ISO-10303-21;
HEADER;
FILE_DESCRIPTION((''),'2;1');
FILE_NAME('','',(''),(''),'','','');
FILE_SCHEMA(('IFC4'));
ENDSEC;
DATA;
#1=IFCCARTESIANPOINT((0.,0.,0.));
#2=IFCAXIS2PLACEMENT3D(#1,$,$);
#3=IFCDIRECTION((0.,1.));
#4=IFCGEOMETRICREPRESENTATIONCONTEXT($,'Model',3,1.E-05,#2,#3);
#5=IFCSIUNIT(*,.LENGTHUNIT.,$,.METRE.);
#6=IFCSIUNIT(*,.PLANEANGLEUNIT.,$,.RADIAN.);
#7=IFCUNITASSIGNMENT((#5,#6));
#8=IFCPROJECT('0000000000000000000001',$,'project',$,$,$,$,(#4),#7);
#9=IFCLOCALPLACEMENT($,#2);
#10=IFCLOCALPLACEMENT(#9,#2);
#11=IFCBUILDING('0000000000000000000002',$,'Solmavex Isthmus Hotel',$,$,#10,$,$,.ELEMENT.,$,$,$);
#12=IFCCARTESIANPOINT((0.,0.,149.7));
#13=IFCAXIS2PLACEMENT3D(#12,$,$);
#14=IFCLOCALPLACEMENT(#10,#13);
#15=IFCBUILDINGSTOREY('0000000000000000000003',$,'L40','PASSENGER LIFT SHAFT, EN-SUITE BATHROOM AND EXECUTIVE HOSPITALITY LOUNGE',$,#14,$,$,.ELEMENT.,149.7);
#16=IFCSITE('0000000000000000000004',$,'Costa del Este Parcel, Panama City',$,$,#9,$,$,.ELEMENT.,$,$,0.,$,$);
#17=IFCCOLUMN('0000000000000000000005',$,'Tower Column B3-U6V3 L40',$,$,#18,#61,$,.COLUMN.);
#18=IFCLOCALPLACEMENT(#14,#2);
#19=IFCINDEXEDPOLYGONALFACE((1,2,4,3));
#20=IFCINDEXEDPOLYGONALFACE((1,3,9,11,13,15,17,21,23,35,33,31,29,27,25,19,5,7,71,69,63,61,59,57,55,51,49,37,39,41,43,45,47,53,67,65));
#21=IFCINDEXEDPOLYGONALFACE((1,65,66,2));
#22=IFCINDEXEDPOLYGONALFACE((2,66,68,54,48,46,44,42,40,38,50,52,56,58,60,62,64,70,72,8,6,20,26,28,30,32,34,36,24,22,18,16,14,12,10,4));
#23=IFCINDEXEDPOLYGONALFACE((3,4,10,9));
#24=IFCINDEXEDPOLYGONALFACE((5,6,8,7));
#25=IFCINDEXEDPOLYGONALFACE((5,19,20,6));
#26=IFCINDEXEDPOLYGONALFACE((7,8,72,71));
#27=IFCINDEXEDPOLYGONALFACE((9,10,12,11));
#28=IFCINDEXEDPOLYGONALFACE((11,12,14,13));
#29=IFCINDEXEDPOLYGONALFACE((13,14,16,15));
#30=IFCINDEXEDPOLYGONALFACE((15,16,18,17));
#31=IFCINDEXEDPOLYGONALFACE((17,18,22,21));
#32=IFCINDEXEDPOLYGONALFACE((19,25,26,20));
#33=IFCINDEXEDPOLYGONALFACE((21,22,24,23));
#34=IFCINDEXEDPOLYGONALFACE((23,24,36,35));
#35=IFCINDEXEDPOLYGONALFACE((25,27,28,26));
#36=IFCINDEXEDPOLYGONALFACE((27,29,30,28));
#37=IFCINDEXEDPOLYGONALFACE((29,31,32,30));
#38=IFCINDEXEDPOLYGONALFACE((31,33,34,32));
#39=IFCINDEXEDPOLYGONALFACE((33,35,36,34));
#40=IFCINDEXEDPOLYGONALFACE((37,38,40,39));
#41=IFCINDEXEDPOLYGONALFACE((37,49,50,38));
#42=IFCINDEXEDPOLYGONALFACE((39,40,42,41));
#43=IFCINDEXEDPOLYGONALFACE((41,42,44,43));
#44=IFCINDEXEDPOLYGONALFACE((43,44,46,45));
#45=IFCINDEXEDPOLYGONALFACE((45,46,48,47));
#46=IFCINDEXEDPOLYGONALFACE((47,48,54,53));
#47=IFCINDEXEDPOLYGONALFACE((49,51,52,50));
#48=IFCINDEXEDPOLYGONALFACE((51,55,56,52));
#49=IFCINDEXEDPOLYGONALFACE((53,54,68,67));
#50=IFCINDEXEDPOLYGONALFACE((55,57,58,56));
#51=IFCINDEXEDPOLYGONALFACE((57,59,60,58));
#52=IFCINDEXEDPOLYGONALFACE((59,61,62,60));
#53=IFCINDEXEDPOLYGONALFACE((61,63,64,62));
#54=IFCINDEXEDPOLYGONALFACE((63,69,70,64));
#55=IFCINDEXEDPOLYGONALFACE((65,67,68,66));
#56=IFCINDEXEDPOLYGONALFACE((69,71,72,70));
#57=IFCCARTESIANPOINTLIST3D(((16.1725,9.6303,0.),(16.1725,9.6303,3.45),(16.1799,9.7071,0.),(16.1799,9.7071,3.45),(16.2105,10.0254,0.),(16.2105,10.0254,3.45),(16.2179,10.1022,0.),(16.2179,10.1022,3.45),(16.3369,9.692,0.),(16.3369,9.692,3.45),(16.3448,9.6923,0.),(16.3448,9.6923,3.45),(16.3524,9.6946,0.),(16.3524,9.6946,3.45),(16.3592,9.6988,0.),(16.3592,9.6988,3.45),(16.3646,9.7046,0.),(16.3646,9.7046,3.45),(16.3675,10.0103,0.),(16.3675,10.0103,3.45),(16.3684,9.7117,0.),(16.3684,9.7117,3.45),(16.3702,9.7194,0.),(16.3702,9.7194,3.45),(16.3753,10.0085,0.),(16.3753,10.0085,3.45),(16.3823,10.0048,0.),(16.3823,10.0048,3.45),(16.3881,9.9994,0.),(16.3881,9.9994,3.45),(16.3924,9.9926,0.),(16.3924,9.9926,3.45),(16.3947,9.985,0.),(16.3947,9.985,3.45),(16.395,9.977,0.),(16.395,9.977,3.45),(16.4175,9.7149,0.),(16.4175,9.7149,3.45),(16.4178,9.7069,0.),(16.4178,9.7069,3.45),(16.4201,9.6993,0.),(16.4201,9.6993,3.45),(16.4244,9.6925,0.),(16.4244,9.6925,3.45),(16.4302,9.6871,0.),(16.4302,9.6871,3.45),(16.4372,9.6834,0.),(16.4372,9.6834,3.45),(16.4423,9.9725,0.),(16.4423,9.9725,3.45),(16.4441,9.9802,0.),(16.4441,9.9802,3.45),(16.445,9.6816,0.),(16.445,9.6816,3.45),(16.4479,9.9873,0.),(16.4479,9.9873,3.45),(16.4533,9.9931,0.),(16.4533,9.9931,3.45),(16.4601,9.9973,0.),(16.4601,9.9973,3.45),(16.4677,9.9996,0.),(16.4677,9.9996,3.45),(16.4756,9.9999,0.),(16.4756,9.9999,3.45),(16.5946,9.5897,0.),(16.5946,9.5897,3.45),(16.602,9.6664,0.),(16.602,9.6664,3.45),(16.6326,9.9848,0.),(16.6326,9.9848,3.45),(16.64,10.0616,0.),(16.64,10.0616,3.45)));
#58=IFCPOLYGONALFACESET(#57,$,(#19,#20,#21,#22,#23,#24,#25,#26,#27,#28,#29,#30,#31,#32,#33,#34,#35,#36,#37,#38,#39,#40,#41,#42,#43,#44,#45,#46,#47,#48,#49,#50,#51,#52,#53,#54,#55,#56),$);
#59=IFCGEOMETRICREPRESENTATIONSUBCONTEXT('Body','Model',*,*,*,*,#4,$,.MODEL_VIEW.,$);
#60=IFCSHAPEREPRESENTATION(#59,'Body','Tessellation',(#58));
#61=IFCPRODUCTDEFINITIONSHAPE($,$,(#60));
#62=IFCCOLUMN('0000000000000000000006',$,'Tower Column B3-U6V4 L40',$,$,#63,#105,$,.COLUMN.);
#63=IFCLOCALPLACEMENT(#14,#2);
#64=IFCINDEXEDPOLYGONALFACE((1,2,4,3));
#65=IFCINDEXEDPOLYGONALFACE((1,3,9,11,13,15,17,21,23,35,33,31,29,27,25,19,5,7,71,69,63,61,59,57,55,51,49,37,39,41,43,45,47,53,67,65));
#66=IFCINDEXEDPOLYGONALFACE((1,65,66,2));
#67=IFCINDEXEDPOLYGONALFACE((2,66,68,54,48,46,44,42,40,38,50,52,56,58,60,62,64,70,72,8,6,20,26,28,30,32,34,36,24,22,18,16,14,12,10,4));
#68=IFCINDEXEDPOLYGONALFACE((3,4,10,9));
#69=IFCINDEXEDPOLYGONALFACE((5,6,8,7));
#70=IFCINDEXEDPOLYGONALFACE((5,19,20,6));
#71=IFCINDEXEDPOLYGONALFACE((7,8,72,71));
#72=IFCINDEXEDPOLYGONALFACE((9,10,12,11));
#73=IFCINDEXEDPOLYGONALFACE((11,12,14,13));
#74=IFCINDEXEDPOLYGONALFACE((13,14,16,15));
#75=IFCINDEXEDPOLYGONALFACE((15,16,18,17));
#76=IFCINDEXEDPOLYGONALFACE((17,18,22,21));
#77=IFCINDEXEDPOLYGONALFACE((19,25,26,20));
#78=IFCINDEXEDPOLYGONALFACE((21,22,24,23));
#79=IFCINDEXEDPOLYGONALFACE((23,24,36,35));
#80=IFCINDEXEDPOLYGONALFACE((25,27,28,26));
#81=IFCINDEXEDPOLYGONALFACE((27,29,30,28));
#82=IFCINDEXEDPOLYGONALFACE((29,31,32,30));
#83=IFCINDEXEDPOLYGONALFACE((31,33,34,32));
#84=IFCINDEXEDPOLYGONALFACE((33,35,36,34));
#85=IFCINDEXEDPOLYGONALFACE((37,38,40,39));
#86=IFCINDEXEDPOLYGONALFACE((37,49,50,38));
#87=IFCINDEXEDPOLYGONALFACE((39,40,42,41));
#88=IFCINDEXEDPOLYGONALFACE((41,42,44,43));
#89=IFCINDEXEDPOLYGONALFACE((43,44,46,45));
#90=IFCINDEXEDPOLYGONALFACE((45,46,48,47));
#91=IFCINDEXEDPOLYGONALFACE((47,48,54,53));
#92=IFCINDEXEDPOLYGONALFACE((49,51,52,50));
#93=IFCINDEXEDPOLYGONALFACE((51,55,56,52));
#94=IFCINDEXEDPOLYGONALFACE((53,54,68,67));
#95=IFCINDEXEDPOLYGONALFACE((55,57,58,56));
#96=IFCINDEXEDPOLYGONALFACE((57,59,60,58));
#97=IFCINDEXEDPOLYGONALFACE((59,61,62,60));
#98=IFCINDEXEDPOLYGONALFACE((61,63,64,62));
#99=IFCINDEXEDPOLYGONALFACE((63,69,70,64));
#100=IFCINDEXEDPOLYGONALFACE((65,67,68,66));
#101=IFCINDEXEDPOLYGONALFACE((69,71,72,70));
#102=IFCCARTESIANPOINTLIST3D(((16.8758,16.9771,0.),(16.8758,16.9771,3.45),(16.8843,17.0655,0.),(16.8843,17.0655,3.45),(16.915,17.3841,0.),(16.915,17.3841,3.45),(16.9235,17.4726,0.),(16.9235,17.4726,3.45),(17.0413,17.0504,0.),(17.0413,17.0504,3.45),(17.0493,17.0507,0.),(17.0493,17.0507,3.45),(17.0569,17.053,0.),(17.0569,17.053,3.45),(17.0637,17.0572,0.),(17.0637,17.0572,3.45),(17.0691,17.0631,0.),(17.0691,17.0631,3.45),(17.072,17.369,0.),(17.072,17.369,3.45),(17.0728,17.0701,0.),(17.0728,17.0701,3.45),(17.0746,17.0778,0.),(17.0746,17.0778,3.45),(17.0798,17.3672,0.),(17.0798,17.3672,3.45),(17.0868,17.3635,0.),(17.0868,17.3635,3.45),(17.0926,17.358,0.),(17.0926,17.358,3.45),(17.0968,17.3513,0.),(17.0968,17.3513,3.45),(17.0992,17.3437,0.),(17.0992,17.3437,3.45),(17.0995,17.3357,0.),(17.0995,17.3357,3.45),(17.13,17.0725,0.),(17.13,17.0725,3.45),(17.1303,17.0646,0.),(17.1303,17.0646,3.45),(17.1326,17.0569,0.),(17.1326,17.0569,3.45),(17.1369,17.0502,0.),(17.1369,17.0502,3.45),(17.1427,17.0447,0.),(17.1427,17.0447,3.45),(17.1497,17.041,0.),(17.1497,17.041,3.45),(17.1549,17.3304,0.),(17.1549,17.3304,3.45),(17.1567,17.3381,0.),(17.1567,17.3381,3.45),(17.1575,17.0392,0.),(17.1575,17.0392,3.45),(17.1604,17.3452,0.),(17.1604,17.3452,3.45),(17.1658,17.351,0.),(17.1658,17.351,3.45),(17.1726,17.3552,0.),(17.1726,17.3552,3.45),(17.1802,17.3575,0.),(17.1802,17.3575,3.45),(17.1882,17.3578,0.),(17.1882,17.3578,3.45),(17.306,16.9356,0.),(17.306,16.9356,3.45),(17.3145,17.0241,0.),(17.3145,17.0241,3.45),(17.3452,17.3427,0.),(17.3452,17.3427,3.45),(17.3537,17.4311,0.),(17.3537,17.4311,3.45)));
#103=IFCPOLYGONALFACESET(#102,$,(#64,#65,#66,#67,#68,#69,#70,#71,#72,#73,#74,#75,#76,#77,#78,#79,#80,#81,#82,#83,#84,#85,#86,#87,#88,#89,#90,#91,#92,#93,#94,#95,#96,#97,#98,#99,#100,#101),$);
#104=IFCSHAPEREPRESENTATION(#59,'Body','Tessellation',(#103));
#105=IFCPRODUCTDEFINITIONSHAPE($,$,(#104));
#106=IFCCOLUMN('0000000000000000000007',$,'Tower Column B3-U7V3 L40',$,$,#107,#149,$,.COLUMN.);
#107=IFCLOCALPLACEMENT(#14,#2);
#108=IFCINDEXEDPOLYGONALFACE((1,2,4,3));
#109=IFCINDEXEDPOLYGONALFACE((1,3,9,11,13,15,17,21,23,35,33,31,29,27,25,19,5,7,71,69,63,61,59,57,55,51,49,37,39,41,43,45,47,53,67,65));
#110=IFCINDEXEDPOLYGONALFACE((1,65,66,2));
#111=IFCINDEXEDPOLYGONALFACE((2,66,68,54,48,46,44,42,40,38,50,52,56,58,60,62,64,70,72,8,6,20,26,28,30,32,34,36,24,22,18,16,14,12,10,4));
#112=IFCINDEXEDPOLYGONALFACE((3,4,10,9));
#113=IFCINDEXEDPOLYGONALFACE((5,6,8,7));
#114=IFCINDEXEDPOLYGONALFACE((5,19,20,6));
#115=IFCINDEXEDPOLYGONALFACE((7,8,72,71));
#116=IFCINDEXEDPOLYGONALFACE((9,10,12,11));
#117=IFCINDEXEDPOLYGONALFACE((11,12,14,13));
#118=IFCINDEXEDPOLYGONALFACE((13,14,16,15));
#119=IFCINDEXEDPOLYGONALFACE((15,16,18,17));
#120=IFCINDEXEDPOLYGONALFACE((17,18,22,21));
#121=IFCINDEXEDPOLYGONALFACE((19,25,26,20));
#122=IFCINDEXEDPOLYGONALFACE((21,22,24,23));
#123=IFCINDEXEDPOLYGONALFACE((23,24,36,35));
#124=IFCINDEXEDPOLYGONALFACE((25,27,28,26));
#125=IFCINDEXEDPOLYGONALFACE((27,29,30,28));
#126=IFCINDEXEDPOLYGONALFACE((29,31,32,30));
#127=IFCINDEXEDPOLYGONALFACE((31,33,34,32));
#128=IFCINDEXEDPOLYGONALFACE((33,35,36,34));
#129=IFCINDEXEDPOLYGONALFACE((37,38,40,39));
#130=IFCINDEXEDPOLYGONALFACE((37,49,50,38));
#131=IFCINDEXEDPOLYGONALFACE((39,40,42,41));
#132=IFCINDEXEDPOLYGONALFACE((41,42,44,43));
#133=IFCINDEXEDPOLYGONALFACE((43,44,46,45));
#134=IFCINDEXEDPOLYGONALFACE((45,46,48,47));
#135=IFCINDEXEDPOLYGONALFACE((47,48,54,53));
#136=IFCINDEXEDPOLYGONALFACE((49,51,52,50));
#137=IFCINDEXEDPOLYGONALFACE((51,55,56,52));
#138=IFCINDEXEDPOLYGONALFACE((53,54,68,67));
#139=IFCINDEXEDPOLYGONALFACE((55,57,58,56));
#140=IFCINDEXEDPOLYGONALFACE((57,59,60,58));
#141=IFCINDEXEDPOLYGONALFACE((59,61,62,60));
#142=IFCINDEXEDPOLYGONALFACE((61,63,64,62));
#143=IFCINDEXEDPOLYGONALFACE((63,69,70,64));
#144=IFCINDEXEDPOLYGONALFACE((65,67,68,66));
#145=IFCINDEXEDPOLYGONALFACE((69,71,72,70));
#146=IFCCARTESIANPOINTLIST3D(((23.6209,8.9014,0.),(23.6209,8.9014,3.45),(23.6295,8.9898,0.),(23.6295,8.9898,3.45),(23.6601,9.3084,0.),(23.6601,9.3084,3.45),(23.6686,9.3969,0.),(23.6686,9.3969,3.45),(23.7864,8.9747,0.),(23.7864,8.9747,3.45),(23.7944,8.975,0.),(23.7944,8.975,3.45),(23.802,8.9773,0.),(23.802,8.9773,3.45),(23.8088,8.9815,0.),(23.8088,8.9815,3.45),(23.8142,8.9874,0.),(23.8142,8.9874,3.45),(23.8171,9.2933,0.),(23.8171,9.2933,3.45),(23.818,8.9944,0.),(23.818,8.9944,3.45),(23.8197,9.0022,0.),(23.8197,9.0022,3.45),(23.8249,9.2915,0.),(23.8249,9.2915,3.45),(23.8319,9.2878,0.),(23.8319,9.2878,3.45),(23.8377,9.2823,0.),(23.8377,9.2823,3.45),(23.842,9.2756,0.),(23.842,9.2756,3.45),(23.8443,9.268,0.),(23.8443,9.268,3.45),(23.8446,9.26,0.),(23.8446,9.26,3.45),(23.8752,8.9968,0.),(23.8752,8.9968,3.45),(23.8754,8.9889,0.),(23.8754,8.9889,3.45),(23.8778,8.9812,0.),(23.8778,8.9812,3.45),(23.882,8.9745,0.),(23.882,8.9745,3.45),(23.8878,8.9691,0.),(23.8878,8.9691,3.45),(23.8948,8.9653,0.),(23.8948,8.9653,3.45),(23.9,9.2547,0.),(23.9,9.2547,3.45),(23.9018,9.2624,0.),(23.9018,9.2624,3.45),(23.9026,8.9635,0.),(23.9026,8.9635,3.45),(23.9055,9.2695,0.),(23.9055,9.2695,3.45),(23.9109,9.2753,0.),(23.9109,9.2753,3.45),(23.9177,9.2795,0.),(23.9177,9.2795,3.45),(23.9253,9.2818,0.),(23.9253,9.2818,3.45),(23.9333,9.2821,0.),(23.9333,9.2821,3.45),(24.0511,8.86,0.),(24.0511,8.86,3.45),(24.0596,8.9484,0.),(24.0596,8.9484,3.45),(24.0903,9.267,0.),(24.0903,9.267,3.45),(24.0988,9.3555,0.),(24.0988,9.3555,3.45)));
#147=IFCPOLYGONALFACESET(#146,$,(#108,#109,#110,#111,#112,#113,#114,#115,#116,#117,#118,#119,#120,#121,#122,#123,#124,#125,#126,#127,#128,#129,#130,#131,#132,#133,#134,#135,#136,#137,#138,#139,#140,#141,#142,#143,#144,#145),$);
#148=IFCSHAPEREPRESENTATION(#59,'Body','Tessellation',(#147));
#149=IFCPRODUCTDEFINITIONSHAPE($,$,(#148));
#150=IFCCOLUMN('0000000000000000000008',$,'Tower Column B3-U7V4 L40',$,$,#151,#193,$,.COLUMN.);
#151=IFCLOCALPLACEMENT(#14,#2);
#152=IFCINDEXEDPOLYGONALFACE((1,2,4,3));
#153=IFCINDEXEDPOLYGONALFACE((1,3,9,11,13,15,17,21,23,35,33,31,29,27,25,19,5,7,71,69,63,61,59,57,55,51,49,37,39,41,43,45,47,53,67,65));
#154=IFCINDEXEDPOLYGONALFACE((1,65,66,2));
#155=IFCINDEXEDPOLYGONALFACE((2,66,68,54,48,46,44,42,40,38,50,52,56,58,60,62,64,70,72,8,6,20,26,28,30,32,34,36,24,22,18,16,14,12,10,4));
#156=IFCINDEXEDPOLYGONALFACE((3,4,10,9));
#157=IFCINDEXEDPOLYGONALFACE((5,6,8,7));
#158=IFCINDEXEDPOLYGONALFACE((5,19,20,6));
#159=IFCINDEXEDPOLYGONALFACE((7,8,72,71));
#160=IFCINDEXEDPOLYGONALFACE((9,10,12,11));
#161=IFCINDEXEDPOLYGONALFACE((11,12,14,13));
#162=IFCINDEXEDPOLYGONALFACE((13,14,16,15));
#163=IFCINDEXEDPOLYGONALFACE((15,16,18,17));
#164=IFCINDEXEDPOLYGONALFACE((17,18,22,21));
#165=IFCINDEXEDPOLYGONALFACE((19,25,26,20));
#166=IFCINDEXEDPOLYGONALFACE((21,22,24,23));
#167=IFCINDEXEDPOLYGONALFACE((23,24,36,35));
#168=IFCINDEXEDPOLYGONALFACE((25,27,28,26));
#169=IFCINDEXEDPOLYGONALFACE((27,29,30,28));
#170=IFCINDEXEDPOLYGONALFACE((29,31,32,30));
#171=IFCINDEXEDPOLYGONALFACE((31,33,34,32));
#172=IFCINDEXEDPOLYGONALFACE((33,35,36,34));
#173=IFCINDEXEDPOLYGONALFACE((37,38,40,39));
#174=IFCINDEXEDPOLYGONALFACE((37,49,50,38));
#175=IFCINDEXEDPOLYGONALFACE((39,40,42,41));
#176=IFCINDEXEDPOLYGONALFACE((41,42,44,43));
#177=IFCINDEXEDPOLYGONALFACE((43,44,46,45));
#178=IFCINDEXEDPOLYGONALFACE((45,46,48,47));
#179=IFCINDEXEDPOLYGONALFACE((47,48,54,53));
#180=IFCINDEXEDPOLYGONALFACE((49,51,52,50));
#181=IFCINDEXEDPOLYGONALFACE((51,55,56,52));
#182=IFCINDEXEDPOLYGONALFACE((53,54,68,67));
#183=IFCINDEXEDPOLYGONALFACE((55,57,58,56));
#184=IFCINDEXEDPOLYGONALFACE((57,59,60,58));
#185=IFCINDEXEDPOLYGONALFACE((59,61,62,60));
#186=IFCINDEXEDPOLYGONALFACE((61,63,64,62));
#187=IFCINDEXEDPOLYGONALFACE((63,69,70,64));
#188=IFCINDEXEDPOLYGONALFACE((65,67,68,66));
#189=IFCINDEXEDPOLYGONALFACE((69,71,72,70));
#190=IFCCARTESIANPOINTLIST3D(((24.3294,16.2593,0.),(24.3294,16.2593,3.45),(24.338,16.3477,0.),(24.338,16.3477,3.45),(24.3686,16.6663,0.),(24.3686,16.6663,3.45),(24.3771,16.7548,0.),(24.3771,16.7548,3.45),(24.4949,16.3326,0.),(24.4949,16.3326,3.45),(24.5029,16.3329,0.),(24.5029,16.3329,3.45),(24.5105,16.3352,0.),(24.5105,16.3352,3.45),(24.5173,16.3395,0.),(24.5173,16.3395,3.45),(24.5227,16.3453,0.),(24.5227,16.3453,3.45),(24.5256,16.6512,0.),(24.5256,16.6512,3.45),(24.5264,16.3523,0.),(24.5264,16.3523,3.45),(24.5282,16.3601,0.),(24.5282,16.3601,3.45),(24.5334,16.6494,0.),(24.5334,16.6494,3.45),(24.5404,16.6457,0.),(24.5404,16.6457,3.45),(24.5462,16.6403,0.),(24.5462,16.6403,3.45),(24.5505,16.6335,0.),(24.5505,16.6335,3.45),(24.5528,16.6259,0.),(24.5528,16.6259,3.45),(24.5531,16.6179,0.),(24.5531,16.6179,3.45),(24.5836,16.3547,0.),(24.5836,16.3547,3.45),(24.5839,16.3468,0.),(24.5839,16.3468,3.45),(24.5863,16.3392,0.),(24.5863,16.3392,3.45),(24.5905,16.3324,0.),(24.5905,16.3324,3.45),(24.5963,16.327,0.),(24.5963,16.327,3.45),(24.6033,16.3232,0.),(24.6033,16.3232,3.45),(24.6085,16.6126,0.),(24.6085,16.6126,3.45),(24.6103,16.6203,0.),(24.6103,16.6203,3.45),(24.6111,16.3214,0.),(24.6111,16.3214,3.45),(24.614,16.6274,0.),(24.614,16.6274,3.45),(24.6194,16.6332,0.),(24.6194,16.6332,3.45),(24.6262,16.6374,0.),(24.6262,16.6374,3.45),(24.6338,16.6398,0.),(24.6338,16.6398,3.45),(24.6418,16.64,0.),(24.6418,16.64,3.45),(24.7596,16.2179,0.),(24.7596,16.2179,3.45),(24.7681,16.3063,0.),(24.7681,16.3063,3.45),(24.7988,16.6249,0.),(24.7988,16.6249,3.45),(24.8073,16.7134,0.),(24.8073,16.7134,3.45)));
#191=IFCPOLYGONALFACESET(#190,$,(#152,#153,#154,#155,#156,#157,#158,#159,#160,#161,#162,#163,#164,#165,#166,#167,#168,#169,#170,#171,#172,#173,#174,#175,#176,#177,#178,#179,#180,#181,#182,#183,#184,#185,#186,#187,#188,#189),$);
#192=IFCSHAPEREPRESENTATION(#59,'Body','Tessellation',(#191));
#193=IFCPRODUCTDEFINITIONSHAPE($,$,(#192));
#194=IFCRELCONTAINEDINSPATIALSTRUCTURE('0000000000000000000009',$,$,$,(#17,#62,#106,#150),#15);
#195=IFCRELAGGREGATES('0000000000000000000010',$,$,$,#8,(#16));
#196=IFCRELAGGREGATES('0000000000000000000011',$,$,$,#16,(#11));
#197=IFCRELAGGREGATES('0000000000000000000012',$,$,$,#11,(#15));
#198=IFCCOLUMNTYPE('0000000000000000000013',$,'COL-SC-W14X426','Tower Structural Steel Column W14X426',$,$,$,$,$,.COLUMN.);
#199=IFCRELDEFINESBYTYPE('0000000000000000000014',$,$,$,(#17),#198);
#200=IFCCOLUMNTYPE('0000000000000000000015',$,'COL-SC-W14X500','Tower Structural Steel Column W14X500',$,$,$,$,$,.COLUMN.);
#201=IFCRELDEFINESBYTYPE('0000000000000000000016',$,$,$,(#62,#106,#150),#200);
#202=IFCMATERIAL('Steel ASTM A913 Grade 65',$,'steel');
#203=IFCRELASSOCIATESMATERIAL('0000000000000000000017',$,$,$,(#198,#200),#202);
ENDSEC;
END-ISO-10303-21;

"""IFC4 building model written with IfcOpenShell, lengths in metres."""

from ifc_helpers import new_model, si_unit, direction, frame, origin, origin_2d, place, context, subcontext, project, spatial, i_section, extrude, material, material_profile, profile_set, type_object, element, save


model = new_model("IFC4")

# Units and contexts
model_context = context("Model", 3, precision=1e-05, world=origin(), true_north=direction((0.0, 1.0)))
body_context = subcontext(model_context, "Body", "Model", "MODEL_VIEW")
ifc_project = project(units=[si_unit("LENGTHUNIT", "METRE"), si_unit("PLANEANGLEUNIT", "RADIAN")], contexts=[model_context])

# Site, building, storey
site_placement = place(None, origin())
site = spatial("IfcSite", under=ifc_project, at=site_placement, Name="Costa del Este Parcel, Panama City", CompositionType="ELEMENT", RefElevation=0.0)
building_placement = place(site_placement, origin())
building = spatial("IfcBuilding", under=site, at=building_placement, Name="Solmavex Isthmus Hotel", CompositionType="ELEMENT")
storey_placement = place(building_placement, frame((0.0, 0.0, 149.7)))
storey = spatial("IfcBuildingStorey", under=building, at=storey_placement, Name="L40", Description="PASSENGER LIFT SHAFT, EN-SUITE BATHROOM AND EXECUTIVE HOSPITALITY LOUNGE", CompositionType="ELEMENT", Elevation=149.7)

# Columns
ifc_material_1 = material(Name="Steel ASTM A913 Grade 65", Category="steel")
ifc_material_profile_1 = material_profile(ifc_material_1, i_section(OverallWidth=0.4241, OverallDepth=0.4741, WebThickness=0.0476, FlangeThickness=0.0771, FilletRadius=0.0305, at=origin_2d()), Name="W14X426")
ifc_profile_set_1 = profile_set([ifc_material_profile_1], Name="Steel ASTM A913 Grade 65")
column_type_1 = type_object("IfcColumnType", Name="COL-SC-W14X426", Description="Tower Structural Steel Column W14X426", PredefinedType="COLUMN", material=ifc_profile_set_1)
column_placement = place(storey_placement, frame((16.4062, 9.8459, 0.0), z_axis=(0.0, 0.0, 1.0), x_axis=(0.995396, -0.095846, 0.0)))
element("IfcColumn", 1, at=column_placement, inside=storey, type_object=column_type_1, Name="Tower Column B3-U6V3 L40", PredefinedType="COLUMN", context=body_context, shape_type="SweptSolid", body=[
    extrude(i_section(OverallWidth=0.4241, OverallDepth=0.4741, WebThickness=0.0476, FlangeThickness=0.0771, FilletRadius=0.0305, at=origin_2d()), origin(), (0.0, 0.0, 1.0), 3.45),
])
ifc_material_profile_2 = material_profile(ifc_material_1, i_section(OverallWidth=0.4321, OverallDepth=0.4978, WebThickness=0.0557, FlangeThickness=0.0889, FilletRadius=0.0305, at=origin_2d()), Name="W14X500")
ifc_profile_set_2 = profile_set([ifc_material_profile_2], Name="Steel ASTM A913 Grade 65")
column_type_2 = type_object("IfcColumnType", Name="COL-SC-W14X500", Description="Tower Structural Steel Column W14X500", PredefinedType="COLUMN", material=ifc_profile_set_2)
for number, where, z_axis, x_axis, name in (
    (2, (17.1147, 17.2041, 0.0), (0.0, 0.0, 1.0), (0.995396, -0.095846, 0.0), "Tower Column B3-U6V4 L40"),
    (3, (23.8599, 9.1284, 0.0), (0.0, 0.0, 1.0), (0.995396, -0.095846, 0.0), "Tower Column B3-U7V3 L40"),
    (4, (24.5684, 16.4863, 0.0), (0.0, 0.0, 1.0), (0.995396, -0.095846, 0.0), "Tower Column B3-U7V4 L40"),
):
    element("IfcColumn", number, at=place(storey_placement, frame(where, z_axis=z_axis, x_axis=x_axis)), inside=storey, type_object=column_type_2, Name=name, PredefinedType="COLUMN", context=body_context, shape_type="SweptSolid", body=[
        extrude(i_section(OverallWidth=0.4321, OverallDepth=0.4978, WebThickness=0.0557, FlangeThickness=0.0889, FilletRadius=0.0305, at=origin_2d()), origin(), (0.0, 0.0, 1.0), 3.45),
    ])

save(model, "model.ifc")
